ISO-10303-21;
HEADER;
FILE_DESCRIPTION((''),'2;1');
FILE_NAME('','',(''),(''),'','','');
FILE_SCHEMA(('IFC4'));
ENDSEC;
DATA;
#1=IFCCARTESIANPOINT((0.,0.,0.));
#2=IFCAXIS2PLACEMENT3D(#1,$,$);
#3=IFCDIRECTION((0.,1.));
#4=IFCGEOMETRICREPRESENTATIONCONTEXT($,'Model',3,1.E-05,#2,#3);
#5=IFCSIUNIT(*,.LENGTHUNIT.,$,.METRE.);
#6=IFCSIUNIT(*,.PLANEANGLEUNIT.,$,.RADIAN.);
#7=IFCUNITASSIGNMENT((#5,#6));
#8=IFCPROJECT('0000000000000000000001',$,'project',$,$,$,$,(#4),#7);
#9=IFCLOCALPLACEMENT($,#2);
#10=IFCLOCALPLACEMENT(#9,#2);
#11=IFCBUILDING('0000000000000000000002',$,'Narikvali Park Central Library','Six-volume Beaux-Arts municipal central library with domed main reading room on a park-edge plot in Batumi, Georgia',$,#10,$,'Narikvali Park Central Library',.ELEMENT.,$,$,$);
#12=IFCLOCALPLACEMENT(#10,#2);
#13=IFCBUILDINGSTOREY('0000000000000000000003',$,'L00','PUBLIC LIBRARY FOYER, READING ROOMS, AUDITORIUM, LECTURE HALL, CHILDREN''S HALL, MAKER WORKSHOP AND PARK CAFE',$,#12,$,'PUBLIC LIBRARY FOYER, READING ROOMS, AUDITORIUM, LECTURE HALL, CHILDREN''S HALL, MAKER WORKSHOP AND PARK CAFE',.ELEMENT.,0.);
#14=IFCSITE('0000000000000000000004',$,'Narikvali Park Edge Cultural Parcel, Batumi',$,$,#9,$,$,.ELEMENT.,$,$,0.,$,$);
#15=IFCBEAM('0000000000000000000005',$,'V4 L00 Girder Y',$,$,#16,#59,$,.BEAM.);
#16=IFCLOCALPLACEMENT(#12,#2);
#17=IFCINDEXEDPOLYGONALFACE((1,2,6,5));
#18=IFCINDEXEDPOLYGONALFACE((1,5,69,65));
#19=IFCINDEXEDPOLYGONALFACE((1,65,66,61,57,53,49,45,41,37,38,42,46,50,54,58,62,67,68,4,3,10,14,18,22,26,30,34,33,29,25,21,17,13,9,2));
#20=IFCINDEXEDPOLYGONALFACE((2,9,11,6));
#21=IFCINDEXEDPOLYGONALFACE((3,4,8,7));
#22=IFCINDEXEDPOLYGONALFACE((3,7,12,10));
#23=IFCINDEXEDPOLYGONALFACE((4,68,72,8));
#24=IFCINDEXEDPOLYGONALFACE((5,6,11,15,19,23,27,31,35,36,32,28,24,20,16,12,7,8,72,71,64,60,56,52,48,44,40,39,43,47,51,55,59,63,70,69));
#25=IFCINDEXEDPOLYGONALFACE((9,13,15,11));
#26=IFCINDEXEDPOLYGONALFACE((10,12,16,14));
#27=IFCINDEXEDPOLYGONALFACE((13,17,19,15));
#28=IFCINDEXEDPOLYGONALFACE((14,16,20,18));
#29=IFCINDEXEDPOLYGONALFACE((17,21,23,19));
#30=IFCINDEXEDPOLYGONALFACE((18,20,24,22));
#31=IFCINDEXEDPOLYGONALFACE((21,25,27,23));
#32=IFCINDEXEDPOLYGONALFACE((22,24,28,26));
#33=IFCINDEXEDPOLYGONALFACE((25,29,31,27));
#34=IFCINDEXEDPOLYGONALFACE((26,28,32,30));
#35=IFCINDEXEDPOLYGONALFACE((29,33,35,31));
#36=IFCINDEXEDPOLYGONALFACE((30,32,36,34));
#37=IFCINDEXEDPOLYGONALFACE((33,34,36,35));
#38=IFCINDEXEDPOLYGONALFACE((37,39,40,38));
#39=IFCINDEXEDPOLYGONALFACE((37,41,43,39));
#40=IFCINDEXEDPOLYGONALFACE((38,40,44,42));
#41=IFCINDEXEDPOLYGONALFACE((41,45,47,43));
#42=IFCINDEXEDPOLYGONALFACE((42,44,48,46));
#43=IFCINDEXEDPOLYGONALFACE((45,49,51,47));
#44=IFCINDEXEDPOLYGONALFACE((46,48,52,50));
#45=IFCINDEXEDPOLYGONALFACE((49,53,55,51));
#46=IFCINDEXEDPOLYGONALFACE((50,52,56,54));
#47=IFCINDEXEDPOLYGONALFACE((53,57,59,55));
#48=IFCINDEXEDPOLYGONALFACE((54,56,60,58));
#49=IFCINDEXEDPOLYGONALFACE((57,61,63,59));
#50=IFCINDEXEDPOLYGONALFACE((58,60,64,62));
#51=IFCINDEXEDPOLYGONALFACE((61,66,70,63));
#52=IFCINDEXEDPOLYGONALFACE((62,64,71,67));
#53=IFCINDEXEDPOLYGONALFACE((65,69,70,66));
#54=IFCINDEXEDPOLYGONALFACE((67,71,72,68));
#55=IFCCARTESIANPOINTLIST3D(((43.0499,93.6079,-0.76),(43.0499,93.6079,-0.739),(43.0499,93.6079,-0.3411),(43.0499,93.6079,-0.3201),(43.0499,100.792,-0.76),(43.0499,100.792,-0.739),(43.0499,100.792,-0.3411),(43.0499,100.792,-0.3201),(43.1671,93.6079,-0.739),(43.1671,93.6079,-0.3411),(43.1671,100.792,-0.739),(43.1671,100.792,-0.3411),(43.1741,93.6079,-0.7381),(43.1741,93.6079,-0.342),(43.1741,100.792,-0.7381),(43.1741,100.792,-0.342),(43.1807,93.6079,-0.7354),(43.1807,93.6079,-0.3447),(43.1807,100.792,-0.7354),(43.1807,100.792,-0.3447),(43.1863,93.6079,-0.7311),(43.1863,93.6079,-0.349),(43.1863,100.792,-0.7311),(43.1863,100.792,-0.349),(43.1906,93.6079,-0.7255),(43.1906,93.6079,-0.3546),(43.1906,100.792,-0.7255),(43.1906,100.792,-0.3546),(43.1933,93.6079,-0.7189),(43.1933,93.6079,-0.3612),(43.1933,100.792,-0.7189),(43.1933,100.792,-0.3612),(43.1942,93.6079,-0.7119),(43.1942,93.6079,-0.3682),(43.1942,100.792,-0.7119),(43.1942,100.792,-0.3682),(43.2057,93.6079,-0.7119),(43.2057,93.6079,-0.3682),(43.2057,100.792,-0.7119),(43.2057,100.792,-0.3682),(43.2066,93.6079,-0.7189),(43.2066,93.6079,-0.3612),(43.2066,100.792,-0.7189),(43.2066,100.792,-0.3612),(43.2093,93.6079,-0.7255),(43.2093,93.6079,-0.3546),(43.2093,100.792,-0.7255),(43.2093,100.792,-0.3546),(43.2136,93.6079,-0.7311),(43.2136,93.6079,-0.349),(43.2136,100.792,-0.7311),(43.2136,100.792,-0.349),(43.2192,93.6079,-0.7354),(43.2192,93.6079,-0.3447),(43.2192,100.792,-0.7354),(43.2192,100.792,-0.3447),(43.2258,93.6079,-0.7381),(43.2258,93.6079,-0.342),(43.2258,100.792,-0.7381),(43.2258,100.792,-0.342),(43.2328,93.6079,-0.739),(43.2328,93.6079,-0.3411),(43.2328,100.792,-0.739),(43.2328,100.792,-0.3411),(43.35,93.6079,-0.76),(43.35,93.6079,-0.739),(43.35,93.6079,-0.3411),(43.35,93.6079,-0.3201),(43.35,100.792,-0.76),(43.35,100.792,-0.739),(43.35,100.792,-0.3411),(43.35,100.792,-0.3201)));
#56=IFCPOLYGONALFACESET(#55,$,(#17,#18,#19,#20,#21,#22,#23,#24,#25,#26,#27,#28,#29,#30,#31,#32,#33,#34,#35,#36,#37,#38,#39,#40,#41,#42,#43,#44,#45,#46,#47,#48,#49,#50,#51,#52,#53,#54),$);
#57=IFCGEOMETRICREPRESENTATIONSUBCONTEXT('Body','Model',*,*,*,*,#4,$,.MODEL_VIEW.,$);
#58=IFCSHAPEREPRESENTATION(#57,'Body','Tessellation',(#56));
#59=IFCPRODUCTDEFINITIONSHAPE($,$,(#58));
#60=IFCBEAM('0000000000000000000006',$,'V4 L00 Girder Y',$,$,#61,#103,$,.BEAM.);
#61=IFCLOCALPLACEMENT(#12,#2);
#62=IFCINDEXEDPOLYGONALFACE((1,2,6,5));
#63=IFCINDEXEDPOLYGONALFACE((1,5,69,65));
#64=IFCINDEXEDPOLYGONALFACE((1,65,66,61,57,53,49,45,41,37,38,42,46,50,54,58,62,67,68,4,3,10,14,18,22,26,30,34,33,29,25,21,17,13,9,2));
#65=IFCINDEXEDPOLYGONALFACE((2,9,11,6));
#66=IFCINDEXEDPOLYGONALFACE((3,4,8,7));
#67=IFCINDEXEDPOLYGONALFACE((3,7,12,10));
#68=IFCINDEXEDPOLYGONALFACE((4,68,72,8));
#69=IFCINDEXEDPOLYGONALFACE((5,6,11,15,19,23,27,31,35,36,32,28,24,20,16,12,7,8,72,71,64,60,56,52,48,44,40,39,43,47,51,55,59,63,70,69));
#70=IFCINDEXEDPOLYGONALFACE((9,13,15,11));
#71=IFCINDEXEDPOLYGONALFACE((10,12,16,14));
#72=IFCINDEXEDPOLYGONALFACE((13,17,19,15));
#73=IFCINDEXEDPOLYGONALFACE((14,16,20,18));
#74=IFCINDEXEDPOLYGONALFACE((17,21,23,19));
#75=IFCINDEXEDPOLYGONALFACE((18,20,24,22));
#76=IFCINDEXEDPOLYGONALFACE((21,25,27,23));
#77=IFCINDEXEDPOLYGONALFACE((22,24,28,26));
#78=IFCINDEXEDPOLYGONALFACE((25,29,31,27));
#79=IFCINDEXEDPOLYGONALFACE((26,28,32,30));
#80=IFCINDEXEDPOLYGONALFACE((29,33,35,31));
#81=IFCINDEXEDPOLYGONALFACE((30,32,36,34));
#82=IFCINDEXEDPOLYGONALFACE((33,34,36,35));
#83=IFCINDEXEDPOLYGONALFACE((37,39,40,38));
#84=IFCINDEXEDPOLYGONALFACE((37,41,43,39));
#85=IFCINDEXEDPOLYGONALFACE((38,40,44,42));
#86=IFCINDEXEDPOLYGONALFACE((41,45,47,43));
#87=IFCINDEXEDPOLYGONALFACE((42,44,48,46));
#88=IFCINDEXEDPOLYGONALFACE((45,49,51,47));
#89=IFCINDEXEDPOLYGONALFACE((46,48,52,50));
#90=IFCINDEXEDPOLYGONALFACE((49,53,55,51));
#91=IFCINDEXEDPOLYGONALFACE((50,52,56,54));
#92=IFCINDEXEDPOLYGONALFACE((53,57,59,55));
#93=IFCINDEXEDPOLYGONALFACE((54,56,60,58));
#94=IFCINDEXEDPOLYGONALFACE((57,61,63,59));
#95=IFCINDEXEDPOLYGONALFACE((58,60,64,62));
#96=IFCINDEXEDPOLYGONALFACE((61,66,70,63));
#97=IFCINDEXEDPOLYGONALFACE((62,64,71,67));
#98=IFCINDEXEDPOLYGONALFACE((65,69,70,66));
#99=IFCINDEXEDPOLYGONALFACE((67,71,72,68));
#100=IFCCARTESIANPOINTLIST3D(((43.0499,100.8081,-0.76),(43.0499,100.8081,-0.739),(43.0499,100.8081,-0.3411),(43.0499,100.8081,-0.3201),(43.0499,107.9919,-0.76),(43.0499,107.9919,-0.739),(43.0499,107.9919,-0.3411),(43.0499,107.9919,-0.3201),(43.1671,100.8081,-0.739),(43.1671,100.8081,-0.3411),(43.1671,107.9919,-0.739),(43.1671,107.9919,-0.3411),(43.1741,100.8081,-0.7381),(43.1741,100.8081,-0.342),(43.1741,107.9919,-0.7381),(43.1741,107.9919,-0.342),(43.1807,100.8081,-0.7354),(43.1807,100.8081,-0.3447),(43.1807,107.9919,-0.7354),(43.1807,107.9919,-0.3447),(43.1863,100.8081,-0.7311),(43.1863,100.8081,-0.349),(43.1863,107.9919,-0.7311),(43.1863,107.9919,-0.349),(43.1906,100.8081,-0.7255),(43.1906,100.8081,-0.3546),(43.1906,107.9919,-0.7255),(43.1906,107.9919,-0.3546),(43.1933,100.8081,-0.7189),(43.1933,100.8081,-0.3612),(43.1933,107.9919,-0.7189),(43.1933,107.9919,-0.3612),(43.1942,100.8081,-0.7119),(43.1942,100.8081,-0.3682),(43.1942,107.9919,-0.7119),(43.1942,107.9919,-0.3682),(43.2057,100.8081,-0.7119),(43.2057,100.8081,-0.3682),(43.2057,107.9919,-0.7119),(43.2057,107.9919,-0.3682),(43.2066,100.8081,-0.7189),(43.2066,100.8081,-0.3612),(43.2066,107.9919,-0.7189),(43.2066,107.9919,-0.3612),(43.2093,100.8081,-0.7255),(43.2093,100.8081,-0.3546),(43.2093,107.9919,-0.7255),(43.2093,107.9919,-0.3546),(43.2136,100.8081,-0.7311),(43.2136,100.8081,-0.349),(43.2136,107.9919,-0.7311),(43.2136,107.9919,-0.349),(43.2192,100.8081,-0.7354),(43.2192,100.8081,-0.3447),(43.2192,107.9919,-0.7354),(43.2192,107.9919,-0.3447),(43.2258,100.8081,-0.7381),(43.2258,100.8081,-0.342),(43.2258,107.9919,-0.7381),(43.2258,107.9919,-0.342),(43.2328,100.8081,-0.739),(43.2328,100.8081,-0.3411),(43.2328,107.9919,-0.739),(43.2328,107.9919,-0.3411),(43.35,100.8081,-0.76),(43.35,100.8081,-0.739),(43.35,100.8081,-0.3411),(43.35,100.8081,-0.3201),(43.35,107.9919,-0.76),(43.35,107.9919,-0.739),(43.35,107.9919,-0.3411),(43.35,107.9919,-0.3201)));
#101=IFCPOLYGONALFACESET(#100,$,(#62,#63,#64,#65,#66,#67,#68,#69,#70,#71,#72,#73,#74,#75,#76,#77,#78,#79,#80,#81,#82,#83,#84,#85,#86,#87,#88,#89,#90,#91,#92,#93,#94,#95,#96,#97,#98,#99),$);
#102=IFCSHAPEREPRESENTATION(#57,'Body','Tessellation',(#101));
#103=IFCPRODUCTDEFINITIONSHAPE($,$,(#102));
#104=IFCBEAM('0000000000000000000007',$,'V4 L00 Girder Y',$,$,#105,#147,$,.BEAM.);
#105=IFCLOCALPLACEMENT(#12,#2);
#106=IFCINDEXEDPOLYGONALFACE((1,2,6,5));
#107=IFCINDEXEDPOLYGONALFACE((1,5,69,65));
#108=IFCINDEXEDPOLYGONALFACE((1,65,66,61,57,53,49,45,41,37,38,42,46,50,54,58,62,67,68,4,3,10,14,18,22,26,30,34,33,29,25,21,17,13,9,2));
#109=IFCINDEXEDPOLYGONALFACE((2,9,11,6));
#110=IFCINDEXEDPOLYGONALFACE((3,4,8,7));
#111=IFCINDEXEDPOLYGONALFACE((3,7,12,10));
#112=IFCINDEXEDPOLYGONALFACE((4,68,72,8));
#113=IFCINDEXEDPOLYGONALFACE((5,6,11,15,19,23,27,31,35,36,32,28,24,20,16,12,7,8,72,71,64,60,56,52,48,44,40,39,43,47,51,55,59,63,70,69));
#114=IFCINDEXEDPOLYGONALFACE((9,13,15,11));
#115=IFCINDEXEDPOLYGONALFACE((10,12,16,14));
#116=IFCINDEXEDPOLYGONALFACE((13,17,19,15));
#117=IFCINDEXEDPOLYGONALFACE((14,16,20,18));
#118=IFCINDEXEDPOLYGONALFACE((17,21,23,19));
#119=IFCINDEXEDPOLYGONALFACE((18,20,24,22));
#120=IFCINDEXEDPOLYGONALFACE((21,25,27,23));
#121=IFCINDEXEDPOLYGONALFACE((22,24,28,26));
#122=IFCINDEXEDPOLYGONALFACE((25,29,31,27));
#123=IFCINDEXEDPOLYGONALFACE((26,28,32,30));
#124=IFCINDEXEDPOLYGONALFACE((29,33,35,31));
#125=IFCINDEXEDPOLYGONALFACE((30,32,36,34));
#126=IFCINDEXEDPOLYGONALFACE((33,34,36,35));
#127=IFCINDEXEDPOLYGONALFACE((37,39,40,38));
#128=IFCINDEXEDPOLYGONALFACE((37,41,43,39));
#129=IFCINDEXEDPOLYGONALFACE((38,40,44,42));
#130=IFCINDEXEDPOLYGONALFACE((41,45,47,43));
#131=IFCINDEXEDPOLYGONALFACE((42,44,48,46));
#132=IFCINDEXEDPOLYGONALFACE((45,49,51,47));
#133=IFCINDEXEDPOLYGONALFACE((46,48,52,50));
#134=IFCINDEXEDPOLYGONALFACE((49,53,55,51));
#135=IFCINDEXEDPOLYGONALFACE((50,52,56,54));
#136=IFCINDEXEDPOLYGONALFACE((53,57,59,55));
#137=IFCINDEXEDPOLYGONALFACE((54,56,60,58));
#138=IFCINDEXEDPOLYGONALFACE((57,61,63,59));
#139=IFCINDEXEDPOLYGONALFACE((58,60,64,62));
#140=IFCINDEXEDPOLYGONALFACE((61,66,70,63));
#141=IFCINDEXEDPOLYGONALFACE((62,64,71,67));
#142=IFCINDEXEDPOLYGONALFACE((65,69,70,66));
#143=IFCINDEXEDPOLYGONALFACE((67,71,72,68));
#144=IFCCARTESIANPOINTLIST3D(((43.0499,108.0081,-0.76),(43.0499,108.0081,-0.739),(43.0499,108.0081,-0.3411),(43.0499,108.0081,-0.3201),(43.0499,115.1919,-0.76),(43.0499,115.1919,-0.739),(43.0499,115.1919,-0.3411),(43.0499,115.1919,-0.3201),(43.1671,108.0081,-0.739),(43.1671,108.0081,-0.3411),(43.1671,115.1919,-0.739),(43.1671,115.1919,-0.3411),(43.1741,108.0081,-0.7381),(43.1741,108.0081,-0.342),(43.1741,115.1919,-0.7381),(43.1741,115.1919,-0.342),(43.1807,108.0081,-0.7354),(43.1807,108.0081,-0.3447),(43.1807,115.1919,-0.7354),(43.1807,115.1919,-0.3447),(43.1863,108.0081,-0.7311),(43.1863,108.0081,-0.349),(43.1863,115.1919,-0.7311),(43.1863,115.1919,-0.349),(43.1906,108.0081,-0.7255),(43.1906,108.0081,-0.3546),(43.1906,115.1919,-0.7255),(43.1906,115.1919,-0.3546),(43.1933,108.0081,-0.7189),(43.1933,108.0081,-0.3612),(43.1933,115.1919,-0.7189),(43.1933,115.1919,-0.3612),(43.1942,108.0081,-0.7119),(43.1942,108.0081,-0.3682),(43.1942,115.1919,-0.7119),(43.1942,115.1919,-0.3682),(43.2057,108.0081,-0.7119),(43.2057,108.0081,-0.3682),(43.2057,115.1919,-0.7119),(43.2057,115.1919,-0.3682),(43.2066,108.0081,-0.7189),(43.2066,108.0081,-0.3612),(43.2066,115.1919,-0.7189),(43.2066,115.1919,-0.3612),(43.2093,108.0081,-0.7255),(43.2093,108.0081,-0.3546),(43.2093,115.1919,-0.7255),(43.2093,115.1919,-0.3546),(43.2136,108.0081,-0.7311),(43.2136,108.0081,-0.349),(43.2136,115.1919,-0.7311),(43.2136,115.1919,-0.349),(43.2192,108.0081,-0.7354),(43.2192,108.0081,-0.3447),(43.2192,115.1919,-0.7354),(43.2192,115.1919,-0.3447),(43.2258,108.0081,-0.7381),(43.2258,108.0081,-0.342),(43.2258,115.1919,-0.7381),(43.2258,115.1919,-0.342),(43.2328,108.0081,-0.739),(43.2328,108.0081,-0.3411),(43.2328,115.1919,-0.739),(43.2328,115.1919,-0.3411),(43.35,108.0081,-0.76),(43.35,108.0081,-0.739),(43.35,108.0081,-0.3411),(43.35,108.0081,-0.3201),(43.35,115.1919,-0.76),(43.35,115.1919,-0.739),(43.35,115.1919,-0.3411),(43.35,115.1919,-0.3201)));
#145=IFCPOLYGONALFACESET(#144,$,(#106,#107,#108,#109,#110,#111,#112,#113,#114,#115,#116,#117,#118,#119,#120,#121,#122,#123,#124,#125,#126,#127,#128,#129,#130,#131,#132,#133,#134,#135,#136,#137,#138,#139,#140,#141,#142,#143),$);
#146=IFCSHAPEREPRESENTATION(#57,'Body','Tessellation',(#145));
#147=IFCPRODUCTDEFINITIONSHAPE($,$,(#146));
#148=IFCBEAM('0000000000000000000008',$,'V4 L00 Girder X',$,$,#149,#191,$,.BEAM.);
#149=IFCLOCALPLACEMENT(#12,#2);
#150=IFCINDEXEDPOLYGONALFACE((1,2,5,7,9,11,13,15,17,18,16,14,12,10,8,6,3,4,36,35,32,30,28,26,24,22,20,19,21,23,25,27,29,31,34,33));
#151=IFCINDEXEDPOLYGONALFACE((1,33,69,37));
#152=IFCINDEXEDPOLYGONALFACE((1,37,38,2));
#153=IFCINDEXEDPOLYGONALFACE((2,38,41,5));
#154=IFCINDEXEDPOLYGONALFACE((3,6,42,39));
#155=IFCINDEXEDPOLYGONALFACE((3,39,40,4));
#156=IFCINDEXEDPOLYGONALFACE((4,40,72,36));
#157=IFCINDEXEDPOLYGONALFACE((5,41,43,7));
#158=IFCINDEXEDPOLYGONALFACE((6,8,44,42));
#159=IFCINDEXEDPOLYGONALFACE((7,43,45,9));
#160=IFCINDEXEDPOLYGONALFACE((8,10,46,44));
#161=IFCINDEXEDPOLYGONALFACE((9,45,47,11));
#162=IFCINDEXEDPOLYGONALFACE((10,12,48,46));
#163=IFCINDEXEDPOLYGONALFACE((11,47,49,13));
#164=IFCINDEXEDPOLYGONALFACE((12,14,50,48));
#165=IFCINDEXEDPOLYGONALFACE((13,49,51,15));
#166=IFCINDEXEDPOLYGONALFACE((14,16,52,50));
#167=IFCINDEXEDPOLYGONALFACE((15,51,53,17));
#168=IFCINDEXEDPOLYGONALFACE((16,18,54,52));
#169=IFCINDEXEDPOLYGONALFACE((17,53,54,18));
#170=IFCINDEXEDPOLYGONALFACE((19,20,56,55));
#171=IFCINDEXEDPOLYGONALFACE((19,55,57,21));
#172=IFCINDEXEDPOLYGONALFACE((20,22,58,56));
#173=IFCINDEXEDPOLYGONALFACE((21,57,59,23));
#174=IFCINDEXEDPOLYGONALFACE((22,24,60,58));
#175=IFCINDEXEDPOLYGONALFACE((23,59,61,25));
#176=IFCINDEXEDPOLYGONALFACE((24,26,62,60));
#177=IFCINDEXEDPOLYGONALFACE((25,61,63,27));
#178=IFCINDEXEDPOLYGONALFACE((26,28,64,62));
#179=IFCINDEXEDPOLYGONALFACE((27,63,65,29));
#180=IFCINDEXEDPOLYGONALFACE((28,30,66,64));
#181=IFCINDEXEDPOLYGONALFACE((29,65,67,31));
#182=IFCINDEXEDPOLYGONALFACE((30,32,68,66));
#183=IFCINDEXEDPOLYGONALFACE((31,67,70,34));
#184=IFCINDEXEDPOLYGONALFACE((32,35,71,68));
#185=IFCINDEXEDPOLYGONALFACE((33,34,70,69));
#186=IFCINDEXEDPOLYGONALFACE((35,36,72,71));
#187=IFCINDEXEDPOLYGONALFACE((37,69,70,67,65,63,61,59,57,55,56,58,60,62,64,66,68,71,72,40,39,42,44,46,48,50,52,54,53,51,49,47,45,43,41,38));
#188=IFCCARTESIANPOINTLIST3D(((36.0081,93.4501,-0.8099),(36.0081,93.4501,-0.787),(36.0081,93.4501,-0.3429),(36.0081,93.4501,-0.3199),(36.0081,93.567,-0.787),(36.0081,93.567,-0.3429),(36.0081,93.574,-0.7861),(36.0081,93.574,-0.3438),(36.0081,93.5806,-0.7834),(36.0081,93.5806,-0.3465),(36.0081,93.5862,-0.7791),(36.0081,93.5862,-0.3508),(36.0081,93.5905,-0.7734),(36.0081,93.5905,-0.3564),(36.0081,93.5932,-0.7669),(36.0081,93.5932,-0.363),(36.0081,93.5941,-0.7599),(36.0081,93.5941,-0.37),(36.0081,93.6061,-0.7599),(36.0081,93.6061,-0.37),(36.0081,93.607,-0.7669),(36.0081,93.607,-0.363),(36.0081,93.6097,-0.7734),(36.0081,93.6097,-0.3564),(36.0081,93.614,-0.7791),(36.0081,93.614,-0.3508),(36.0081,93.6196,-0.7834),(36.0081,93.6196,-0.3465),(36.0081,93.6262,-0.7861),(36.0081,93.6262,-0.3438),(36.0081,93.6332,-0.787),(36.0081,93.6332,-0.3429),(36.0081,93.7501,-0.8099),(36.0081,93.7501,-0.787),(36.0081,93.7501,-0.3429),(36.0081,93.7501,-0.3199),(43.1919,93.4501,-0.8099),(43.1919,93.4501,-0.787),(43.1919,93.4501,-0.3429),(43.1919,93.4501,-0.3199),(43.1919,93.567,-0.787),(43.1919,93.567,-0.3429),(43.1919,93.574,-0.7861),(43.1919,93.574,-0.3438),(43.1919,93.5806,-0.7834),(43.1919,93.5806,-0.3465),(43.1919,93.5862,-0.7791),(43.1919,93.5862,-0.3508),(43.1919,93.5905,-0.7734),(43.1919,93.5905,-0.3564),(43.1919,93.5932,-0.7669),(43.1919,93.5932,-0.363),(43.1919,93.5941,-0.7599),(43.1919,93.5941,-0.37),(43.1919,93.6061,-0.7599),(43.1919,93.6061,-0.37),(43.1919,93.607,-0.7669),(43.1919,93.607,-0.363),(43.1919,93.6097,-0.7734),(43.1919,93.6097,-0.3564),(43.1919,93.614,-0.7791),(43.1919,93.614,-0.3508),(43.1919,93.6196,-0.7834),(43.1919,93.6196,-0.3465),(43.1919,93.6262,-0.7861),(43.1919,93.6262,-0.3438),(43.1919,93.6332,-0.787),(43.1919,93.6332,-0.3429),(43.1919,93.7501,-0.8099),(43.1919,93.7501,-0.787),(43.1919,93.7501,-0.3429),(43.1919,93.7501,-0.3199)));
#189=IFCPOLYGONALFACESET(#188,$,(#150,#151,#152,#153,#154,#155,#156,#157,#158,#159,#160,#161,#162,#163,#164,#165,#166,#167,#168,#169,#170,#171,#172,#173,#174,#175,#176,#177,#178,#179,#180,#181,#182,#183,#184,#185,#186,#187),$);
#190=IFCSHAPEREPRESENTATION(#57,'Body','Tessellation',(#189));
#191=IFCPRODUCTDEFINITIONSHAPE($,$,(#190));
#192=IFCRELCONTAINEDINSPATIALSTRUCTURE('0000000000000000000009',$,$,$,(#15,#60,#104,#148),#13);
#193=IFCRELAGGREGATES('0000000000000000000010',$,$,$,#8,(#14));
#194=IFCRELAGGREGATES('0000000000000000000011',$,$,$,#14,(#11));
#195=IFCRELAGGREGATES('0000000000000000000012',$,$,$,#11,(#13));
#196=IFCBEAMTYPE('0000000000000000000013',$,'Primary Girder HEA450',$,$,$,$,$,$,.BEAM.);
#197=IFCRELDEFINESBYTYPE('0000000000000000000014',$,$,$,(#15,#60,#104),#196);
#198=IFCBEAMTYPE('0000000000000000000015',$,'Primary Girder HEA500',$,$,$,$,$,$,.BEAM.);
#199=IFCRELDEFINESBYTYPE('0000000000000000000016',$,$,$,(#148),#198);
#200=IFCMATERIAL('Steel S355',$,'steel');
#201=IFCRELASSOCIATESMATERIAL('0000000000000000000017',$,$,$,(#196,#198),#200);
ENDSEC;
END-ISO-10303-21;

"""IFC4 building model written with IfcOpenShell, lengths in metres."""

from ifc_helpers import new_model, si_unit, direction, frame, origin, origin_2d, place, context, subcontext, project, spatial, i_section, extrude, material, material_profile, profile_set, type_object, element, save


model = new_model("IFC4")

# Units and contexts
model_context = context("Model", 3, precision=1e-05, world=origin(), true_north=direction((0.0, 1.0)))
body_context = subcontext(model_context, "Body", "Model", "MODEL_VIEW")
ifc_project = project(units=[si_unit("LENGTHUNIT", "METRE"), si_unit("PLANEANGLEUNIT", "RADIAN")], contexts=[model_context])

# Site, building, storey
site_placement = place(None, origin())
site = spatial("IfcSite", under=ifc_project, at=site_placement, Name="Narikvali Park Edge Cultural Parcel, Batumi", CompositionType="ELEMENT", RefElevation=0.0)
building_placement = place(site_placement, origin())
building = spatial("IfcBuilding", under=site, at=building_placement, Name="Narikvali Park Central Library", Description="Six-volume Beaux-Arts municipal central library with domed main reading room on a park-edge plot in Batumi, Georgia", LongName="Narikvali Park Central Library", CompositionType="ELEMENT")
storey_placement = place(building_placement, origin())
storey = spatial("IfcBuildingStorey", under=building, at=storey_placement, Name="L00", Description="PUBLIC LIBRARY FOYER, READING ROOMS, AUDITORIUM, LECTURE HALL, CHILDREN'S HALL, MAKER WORKSHOP AND PARK CAFE", LongName="PUBLIC LIBRARY FOYER, READING ROOMS, AUDITORIUM, LECTURE HALL, CHILDREN'S HALL, MAKER WORKSHOP AND PARK CAFE", CompositionType="ELEMENT", Elevation=0.0)

# Shared definitions
ifc_material = material(Name="Steel S355", Category="steel")

# Beams
ifc_material_profile_1 = material_profile(ifc_material, i_section(OverallWidth=0.3, OverallDepth=0.4399, WebThickness=0.0115, FlangeThickness=0.021, FilletRadius=0.0271, at=origin_2d()), Name="HEA 450")
ifc_profile_set_1 = profile_set([ifc_material_profile_1], Name="Steel S355")
beam_type_1 = type_object("IfcBeamType", Name="Primary Girder HEA450", PredefinedType="BEAM", material=ifc_profile_set_1)
beam_1_placement = place(storey_placement, frame((43.2, 93.6079, -0.54), z_axis=(0.0, 1.0, 0.0), x_axis=(-1.0, 0.0, 0.0)))
element("IfcBeam", 1, at=beam_1_placement, inside=storey, type_object=beam_type_1, Name="V4 L00 Girder Y", PredefinedType="BEAM", context=body_context, shape_type="SweptSolid", body=[
    extrude(i_section(OverallWidth=0.3, OverallDepth=0.4399, WebThickness=0.0115, FlangeThickness=0.021, FilletRadius=0.0271, at=origin_2d()), origin(), (0.0, 0.0, 1.0), 7.1841),
])
for number, where, z_axis, x_axis, name in (
    (2, (43.2, 100.8081, -0.54), (0.0, 1.0, 0.0), (-1.0, 0.0, 0.0), "V4 L00 Girder Y"),
    (3, (43.2, 108.0081, -0.54), (0.0, 1.0, 0.0), (-1.0, 0.0, 0.0), "V4 L00 Girder Y"),
):
    element("IfcBeam", number, at=place(storey_placement, frame(where, z_axis=z_axis, x_axis=x_axis)), inside=storey, type_object=beam_type_1, Name=name, PredefinedType="BEAM", context=body_context, shape_type="SweptSolid", body=[
        extrude(i_section(OverallWidth=0.3, OverallDepth=0.4399, WebThickness=0.0115, FlangeThickness=0.021, FilletRadius=0.0271, at=origin_2d()), origin(), (0.0, 0.0, 1.0), 7.1838),
    ])
ifc_material_profile_2 = material_profile(ifc_material, i_section(OverallWidth=0.3, OverallDepth=0.49, WebThickness=0.012, FlangeThickness=0.0229, FilletRadius=0.0271, at=origin_2d()), Name="HEA 500")
ifc_profile_set_2 = profile_set([ifc_material_profile_2], Name="Steel S355")
beam_type_2 = type_object("IfcBeamType", Name="Primary Girder HEA500", PredefinedType="BEAM", material=ifc_profile_set_2)
beam_2_placement = place(storey_placement, frame((36.0081, 93.6001, -0.5649), z_axis=(1.0, 0.0, 0.0), x_axis=(0.0, 1.0, 0.0)))
element("IfcBeam", 4, at=beam_2_placement, inside=storey, type_object=beam_type_2, Name="V4 L00 Girder X", PredefinedType="BEAM", context=body_context, shape_type="SweptSolid", body=[
    extrude(i_section(OverallWidth=0.3, OverallDepth=0.49, WebThickness=0.012, FlangeThickness=0.0229, FilletRadius=0.0271, at=origin_2d()), origin(), (0.0, 0.0, 1.0), 7.1838),
])

save(model, "model.ifc")
